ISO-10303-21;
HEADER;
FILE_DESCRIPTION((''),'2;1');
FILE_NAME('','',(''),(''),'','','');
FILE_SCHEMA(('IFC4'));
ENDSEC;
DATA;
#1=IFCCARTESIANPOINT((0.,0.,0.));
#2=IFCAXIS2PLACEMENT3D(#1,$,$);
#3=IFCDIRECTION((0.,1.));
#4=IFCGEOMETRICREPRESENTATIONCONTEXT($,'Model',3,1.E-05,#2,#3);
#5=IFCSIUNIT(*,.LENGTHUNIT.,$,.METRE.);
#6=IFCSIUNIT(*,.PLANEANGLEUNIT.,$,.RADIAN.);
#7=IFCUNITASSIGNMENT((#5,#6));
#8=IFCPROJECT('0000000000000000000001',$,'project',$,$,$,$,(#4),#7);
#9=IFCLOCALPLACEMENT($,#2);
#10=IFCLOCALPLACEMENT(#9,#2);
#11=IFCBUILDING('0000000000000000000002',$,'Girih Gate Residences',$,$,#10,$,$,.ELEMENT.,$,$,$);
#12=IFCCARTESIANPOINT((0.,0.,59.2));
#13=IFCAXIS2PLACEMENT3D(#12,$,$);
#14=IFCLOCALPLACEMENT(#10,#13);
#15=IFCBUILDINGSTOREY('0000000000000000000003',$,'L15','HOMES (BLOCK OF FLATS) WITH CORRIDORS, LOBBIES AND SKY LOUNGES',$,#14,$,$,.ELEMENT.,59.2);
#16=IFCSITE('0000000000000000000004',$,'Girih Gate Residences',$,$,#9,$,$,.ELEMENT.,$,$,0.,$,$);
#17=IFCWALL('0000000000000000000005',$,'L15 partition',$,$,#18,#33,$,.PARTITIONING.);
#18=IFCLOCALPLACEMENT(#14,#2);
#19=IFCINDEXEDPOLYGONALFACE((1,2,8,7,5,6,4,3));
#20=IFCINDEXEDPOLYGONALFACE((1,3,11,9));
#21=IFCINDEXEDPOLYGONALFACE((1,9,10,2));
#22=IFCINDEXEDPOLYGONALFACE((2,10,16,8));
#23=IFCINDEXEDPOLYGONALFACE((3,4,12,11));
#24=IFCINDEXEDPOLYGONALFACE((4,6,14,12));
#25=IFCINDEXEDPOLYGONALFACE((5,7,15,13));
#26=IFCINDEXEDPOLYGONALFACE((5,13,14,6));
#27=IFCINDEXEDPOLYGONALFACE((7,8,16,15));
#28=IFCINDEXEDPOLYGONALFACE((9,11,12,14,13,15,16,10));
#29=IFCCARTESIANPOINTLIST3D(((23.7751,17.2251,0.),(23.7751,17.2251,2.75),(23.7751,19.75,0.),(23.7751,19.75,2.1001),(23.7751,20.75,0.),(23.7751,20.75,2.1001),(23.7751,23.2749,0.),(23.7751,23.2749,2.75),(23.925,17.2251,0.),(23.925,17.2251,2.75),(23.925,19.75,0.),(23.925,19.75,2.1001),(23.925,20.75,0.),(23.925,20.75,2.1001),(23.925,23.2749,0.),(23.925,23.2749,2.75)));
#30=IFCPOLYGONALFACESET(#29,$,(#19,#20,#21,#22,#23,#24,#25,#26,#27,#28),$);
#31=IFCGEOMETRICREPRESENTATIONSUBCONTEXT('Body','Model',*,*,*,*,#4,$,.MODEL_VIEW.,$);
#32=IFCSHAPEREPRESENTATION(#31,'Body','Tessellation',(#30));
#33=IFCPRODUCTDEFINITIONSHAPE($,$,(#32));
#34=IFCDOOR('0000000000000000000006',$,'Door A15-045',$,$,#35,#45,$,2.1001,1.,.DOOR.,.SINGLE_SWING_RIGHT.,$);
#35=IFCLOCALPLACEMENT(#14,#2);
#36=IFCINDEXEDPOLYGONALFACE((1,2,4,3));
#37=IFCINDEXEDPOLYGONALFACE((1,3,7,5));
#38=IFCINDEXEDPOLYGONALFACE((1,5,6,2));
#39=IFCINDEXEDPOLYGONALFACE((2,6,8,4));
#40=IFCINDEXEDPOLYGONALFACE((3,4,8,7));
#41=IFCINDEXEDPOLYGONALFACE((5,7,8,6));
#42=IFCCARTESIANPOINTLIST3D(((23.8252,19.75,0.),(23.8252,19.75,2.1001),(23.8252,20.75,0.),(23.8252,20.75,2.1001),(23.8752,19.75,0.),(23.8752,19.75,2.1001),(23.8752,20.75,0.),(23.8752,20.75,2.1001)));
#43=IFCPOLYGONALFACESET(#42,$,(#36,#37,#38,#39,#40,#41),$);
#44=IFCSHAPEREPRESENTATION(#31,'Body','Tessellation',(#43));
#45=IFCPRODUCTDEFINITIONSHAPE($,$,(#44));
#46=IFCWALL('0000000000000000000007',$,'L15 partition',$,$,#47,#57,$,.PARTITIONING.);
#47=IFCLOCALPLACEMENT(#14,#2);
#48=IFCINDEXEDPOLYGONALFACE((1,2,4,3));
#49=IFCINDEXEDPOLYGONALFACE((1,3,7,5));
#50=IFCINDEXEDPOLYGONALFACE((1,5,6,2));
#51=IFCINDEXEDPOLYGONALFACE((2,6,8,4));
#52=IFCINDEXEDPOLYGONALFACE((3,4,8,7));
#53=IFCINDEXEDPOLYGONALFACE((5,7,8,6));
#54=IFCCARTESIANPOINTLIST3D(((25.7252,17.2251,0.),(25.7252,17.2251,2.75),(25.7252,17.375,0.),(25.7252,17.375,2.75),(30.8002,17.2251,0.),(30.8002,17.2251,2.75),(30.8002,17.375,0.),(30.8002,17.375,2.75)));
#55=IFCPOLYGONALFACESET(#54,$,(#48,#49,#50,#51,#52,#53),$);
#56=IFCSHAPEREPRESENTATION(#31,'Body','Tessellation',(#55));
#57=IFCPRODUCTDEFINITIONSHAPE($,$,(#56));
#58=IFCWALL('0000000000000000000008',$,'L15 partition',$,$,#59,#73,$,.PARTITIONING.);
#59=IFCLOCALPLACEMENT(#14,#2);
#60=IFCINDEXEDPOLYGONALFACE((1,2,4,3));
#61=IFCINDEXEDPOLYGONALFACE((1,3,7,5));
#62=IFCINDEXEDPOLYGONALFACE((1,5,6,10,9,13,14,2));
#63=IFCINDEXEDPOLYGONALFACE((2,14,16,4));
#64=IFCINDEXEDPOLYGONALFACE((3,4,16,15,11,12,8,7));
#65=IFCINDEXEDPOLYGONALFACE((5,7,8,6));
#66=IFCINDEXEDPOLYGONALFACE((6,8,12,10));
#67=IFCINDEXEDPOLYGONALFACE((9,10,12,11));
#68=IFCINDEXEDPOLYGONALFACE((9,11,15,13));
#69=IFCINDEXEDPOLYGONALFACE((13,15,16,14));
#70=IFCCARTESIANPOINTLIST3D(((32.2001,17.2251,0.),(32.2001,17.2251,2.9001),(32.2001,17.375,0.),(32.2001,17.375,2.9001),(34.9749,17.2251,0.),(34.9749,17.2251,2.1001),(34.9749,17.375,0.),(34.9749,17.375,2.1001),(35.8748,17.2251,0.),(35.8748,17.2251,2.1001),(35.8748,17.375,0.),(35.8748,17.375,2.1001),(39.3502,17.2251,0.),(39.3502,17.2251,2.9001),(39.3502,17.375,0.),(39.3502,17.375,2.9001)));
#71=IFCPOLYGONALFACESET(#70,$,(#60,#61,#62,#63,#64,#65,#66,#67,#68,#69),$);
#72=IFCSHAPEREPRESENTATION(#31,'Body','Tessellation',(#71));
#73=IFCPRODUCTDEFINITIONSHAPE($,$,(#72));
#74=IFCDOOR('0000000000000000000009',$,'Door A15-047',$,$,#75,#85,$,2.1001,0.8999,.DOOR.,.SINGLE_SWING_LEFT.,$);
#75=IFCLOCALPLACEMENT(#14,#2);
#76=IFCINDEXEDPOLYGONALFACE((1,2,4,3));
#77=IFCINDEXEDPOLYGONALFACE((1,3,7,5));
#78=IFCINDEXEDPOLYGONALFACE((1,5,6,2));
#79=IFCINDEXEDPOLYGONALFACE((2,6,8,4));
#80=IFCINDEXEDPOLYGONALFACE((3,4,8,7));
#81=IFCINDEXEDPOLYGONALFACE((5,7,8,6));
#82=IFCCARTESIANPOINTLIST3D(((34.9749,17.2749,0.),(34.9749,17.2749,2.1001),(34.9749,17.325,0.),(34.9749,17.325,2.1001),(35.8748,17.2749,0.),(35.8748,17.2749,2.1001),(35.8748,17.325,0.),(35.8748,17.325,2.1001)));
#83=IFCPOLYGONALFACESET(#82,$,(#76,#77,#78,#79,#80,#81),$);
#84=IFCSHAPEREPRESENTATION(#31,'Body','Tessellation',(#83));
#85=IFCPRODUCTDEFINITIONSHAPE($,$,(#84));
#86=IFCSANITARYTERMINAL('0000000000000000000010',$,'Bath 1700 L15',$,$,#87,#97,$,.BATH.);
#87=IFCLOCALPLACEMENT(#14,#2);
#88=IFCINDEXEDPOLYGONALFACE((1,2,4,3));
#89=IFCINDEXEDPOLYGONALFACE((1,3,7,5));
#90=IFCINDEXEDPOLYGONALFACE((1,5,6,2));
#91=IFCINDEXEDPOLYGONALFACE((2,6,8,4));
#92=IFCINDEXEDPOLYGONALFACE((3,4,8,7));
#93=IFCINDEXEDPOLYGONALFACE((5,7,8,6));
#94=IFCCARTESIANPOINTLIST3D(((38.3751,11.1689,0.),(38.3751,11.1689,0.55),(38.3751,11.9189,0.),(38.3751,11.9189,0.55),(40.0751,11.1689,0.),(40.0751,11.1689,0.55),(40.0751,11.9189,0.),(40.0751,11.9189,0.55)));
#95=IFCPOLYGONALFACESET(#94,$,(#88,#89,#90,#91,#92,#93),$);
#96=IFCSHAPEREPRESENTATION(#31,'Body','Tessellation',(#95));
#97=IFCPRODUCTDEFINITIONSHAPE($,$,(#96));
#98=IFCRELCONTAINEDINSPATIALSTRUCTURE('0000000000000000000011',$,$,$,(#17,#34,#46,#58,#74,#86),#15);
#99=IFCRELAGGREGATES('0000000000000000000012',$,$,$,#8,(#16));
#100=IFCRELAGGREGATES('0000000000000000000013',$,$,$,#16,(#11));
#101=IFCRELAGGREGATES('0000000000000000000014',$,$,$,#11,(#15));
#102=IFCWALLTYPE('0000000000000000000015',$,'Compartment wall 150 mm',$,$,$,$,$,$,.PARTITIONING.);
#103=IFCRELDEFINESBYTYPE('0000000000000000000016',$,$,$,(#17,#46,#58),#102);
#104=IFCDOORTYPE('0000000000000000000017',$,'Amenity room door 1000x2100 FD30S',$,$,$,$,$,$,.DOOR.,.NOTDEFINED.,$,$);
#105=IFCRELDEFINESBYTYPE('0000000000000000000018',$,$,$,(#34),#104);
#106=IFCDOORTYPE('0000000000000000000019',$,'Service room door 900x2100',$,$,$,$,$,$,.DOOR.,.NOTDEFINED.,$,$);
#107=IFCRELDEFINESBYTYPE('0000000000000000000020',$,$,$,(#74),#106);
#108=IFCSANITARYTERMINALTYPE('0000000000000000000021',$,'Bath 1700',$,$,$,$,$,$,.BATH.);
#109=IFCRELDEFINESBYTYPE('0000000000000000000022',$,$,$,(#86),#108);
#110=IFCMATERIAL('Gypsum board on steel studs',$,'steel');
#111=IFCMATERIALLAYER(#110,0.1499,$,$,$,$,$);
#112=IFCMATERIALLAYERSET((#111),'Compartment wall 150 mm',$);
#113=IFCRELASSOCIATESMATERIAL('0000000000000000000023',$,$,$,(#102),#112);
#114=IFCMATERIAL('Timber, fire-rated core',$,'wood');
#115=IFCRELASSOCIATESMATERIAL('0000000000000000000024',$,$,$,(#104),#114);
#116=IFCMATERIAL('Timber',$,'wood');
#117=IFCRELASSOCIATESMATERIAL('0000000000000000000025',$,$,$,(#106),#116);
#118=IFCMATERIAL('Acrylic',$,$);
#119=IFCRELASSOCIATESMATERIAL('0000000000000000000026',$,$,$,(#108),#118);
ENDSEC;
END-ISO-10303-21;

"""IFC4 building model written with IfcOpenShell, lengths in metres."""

from ifc_helpers import new_model, si_unit, direction, frame, frame_2d, origin, origin_2d, place, context, subcontext, project, spatial, rectangle, extrude, material, layer, layer_set, type_object, element, fill, save


model = new_model("IFC4")

# Units and contexts
model_context = context("Model", 3, precision=1e-05, world=origin(), true_north=direction((0.0, 1.0)))
body_context = subcontext(model_context, "Body", "Model", "MODEL_VIEW")
ifc_project = project(units=[si_unit("LENGTHUNIT", "METRE"), si_unit("PLANEANGLEUNIT", "RADIAN")], contexts=[model_context])

# Site, building, storey
site_placement = place(None, origin())
site = spatial("IfcSite", under=ifc_project, at=site_placement, Name="Girih Gate Residences", CompositionType="ELEMENT", RefElevation=0.0)
building_placement = place(site_placement, origin())
building = spatial("IfcBuilding", under=site, at=building_placement, Name="Girih Gate Residences", CompositionType="ELEMENT")
storey_placement = place(building_placement, frame((0.0, 0.0, 59.2)))
storey = spatial("IfcBuildingStorey", under=building, at=storey_placement, Name="L15", Description="HOMES (BLOCK OF FLATS) WITH CORRIDORS, LOBBIES AND SKY LOUNGES", CompositionType="ELEMENT", Elevation=59.2)

# Shared definitions
ifc_material_1 = material(Name="Gypsum board on steel studs", Category="steel")

# Shared definitions
ifc_layer_1 = layer(ifc_material_1, 0.1499)
ifc_layer_set_1 = layer_set([ifc_layer_1], Name="Compartment wall 150 mm")
wall_type_1 = type_object("IfcWallType", Name="Compartment wall 150 mm", PredefinedType="PARTITIONING", material=ifc_layer_set_1)
ifc_material_2 = material(Name="Timber, fire-rated core", Category="wood")

# Wall, opening, door
door_type_1 = type_object("IfcDoorType", Name="Amenity room door 1000x2100 FD30S", OperationType="NOTDEFINED", PredefinedType="DOOR", material=ifc_material_2)
wall_1_placement = place(storey_placement, frame((23.8501, 17.2251, 0.0), z_axis=(0.0, 0.0, 1.0), x_axis=(0.0, 1.0, 0.0)))
wall_1 = element("IfcWall", 1, at=wall_1_placement, inside=storey, type_object=wall_type_1, Name="L15 partition", PredefinedType="PARTITIONING", context=body_context, shape_type="SweptSolid", body=[
    extrude(rectangle(XDim=6.0498, YDim=0.1499, at=frame_2d((3.0249, 0.0))), origin(), (0.0, 0.0, 1.0), 2.75),
])
opening_1_placement = place(wall_1_placement, frame((2.5249, 0.0, 0.0)))
opening_1 = element("IfcOpeningElement", 2, at=opening_1_placement, cuts=wall_1, PredefinedType="OPENING", context=body_context, shape_type="SweptSolid", body=[
    extrude(rectangle(XDim=1.0, YDim=2.1001, at=frame_2d((0.5, 1.05))), frame((0.0, 0.085, 0.0), z_axis=(0.0, -1.0, 0.0), x_axis=(1.0, 0.0, 0.0)), (0.0, 0.0, 1.0), 0.1699),
])
door_1_placement = place(opening_1_placement, origin())
door_1 = element("IfcDoor", 3, at=door_1_placement, inside=storey, type_object=door_type_1, Name="Door A15-045", OperationType="SINGLE_SWING_RIGHT", OverallHeight=2.1001, OverallWidth=1.0, PredefinedType="DOOR", context=body_context, shape_type="SweptSolid", body=[
    extrude(rectangle(XDim=1.0, YDim=2.1001, at=frame_2d((0.5, 1.05))), frame((0.0, 0.0249, 0.0), z_axis=(0.0, -1.0, 0.0), x_axis=(1.0, 0.0, 0.0)), (0.0, 0.0, 1.0), 0.05),
])
fill(opening_1, door_1)

# Wall
wall_2_placement = place(storey_placement, frame((25.7251, 17.3, 0.0), z_axis=(0.0, 0.0, 1.0), x_axis=(1.0, 0.0, 0.0)))
element("IfcWall", 4, at=wall_2_placement, inside=storey, type_object=wall_type_1, Name="L15 partition", PredefinedType="PARTITIONING", context=body_context, shape_type="SweptSolid", body=[
    extrude(rectangle(XDim=5.075, YDim=0.1499, at=frame_2d((2.5376, 0.0))), origin(), (0.0, 0.0, 1.0), 2.75),
])

# Wall, opening, door
wall_3_placement = place(storey_placement, frame((32.2, 17.3, 0.0), z_axis=(0.0, 0.0, 1.0), x_axis=(1.0, 0.0, 0.0)))
wall_3 = element("IfcWall", 5, at=wall_3_placement, inside=storey, type_object=wall_type_1, Name="L15 partition", PredefinedType="PARTITIONING", context=body_context, shape_type="SweptSolid", body=[
    extrude(rectangle(XDim=7.1501, YDim=0.1499, at=frame_2d((3.5752, 0.0))), origin(), (0.0, 0.0, 1.0), 2.9001),
])
opening_2_placement = place(wall_3_placement, frame((2.7749, 0.0, 0.0)))
opening_2 = element("IfcOpeningElement", 6, at=opening_2_placement, cuts=wall_3, PredefinedType="OPENING", context=body_context, shape_type="SweptSolid", body=[
    extrude(rectangle(XDim=0.8999, YDim=2.1001, at=frame_2d((0.45, 1.05))), frame((0.0, 0.085, 0.0), z_axis=(0.0, -1.0, 0.0), x_axis=(1.0, 0.0, 0.0)), (0.0, 0.0, 1.0), 0.1699),
])
ifc_material_3 = material(Name="Timber", Category="wood")
door_type_2 = type_object("IfcDoorType", Name="Service room door 900x2100", OperationType="NOTDEFINED", PredefinedType="DOOR", material=ifc_material_3)
door_2_placement = place(opening_2_placement, origin())
door_2 = element("IfcDoor", 7, at=door_2_placement, inside=storey, type_object=door_type_2, Name="Door A15-047", OperationType="SINGLE_SWING_LEFT", OverallHeight=2.1001, OverallWidth=0.8999, PredefinedType="DOOR", context=body_context, shape_type="SweptSolid", body=[
    extrude(rectangle(XDim=0.8999, YDim=2.1001, at=frame_2d((0.45, 1.05))), frame((0.0, 0.0249, 0.0), z_axis=(0.0, -1.0, 0.0), x_axis=(1.0, 0.0, 0.0)), (0.0, 0.0, 1.0), 0.05),
])
fill(opening_2, door_2)

# Sanitary terminal
ifc_material_4 = material(Name="Acrylic")
sanitary_terminal_type = type_object("IfcSanitaryTerminalType", Name="Bath 1700", PredefinedType="BATH", material=ifc_material_4)
sanitary_terminal_placement = place(storey_placement, frame((39.2251, 11.5439, 0.0), z_axis=(0.0, 0.0, 1.0), x_axis=(1.0, 0.0, 0.0)))
element("IfcSanitaryTerminal", 8, at=sanitary_terminal_placement, inside=storey, type_object=sanitary_terminal_type, Name="Bath 1700 L15", PredefinedType="BATH", context=body_context, shape_type="SweptSolid", body=[
    extrude(rectangle(XDim=1.7, YDim=0.75, at=origin_2d()), origin(), (0.0, 0.0, 1.0), 0.55),
])

save(model, "model.ifc")
